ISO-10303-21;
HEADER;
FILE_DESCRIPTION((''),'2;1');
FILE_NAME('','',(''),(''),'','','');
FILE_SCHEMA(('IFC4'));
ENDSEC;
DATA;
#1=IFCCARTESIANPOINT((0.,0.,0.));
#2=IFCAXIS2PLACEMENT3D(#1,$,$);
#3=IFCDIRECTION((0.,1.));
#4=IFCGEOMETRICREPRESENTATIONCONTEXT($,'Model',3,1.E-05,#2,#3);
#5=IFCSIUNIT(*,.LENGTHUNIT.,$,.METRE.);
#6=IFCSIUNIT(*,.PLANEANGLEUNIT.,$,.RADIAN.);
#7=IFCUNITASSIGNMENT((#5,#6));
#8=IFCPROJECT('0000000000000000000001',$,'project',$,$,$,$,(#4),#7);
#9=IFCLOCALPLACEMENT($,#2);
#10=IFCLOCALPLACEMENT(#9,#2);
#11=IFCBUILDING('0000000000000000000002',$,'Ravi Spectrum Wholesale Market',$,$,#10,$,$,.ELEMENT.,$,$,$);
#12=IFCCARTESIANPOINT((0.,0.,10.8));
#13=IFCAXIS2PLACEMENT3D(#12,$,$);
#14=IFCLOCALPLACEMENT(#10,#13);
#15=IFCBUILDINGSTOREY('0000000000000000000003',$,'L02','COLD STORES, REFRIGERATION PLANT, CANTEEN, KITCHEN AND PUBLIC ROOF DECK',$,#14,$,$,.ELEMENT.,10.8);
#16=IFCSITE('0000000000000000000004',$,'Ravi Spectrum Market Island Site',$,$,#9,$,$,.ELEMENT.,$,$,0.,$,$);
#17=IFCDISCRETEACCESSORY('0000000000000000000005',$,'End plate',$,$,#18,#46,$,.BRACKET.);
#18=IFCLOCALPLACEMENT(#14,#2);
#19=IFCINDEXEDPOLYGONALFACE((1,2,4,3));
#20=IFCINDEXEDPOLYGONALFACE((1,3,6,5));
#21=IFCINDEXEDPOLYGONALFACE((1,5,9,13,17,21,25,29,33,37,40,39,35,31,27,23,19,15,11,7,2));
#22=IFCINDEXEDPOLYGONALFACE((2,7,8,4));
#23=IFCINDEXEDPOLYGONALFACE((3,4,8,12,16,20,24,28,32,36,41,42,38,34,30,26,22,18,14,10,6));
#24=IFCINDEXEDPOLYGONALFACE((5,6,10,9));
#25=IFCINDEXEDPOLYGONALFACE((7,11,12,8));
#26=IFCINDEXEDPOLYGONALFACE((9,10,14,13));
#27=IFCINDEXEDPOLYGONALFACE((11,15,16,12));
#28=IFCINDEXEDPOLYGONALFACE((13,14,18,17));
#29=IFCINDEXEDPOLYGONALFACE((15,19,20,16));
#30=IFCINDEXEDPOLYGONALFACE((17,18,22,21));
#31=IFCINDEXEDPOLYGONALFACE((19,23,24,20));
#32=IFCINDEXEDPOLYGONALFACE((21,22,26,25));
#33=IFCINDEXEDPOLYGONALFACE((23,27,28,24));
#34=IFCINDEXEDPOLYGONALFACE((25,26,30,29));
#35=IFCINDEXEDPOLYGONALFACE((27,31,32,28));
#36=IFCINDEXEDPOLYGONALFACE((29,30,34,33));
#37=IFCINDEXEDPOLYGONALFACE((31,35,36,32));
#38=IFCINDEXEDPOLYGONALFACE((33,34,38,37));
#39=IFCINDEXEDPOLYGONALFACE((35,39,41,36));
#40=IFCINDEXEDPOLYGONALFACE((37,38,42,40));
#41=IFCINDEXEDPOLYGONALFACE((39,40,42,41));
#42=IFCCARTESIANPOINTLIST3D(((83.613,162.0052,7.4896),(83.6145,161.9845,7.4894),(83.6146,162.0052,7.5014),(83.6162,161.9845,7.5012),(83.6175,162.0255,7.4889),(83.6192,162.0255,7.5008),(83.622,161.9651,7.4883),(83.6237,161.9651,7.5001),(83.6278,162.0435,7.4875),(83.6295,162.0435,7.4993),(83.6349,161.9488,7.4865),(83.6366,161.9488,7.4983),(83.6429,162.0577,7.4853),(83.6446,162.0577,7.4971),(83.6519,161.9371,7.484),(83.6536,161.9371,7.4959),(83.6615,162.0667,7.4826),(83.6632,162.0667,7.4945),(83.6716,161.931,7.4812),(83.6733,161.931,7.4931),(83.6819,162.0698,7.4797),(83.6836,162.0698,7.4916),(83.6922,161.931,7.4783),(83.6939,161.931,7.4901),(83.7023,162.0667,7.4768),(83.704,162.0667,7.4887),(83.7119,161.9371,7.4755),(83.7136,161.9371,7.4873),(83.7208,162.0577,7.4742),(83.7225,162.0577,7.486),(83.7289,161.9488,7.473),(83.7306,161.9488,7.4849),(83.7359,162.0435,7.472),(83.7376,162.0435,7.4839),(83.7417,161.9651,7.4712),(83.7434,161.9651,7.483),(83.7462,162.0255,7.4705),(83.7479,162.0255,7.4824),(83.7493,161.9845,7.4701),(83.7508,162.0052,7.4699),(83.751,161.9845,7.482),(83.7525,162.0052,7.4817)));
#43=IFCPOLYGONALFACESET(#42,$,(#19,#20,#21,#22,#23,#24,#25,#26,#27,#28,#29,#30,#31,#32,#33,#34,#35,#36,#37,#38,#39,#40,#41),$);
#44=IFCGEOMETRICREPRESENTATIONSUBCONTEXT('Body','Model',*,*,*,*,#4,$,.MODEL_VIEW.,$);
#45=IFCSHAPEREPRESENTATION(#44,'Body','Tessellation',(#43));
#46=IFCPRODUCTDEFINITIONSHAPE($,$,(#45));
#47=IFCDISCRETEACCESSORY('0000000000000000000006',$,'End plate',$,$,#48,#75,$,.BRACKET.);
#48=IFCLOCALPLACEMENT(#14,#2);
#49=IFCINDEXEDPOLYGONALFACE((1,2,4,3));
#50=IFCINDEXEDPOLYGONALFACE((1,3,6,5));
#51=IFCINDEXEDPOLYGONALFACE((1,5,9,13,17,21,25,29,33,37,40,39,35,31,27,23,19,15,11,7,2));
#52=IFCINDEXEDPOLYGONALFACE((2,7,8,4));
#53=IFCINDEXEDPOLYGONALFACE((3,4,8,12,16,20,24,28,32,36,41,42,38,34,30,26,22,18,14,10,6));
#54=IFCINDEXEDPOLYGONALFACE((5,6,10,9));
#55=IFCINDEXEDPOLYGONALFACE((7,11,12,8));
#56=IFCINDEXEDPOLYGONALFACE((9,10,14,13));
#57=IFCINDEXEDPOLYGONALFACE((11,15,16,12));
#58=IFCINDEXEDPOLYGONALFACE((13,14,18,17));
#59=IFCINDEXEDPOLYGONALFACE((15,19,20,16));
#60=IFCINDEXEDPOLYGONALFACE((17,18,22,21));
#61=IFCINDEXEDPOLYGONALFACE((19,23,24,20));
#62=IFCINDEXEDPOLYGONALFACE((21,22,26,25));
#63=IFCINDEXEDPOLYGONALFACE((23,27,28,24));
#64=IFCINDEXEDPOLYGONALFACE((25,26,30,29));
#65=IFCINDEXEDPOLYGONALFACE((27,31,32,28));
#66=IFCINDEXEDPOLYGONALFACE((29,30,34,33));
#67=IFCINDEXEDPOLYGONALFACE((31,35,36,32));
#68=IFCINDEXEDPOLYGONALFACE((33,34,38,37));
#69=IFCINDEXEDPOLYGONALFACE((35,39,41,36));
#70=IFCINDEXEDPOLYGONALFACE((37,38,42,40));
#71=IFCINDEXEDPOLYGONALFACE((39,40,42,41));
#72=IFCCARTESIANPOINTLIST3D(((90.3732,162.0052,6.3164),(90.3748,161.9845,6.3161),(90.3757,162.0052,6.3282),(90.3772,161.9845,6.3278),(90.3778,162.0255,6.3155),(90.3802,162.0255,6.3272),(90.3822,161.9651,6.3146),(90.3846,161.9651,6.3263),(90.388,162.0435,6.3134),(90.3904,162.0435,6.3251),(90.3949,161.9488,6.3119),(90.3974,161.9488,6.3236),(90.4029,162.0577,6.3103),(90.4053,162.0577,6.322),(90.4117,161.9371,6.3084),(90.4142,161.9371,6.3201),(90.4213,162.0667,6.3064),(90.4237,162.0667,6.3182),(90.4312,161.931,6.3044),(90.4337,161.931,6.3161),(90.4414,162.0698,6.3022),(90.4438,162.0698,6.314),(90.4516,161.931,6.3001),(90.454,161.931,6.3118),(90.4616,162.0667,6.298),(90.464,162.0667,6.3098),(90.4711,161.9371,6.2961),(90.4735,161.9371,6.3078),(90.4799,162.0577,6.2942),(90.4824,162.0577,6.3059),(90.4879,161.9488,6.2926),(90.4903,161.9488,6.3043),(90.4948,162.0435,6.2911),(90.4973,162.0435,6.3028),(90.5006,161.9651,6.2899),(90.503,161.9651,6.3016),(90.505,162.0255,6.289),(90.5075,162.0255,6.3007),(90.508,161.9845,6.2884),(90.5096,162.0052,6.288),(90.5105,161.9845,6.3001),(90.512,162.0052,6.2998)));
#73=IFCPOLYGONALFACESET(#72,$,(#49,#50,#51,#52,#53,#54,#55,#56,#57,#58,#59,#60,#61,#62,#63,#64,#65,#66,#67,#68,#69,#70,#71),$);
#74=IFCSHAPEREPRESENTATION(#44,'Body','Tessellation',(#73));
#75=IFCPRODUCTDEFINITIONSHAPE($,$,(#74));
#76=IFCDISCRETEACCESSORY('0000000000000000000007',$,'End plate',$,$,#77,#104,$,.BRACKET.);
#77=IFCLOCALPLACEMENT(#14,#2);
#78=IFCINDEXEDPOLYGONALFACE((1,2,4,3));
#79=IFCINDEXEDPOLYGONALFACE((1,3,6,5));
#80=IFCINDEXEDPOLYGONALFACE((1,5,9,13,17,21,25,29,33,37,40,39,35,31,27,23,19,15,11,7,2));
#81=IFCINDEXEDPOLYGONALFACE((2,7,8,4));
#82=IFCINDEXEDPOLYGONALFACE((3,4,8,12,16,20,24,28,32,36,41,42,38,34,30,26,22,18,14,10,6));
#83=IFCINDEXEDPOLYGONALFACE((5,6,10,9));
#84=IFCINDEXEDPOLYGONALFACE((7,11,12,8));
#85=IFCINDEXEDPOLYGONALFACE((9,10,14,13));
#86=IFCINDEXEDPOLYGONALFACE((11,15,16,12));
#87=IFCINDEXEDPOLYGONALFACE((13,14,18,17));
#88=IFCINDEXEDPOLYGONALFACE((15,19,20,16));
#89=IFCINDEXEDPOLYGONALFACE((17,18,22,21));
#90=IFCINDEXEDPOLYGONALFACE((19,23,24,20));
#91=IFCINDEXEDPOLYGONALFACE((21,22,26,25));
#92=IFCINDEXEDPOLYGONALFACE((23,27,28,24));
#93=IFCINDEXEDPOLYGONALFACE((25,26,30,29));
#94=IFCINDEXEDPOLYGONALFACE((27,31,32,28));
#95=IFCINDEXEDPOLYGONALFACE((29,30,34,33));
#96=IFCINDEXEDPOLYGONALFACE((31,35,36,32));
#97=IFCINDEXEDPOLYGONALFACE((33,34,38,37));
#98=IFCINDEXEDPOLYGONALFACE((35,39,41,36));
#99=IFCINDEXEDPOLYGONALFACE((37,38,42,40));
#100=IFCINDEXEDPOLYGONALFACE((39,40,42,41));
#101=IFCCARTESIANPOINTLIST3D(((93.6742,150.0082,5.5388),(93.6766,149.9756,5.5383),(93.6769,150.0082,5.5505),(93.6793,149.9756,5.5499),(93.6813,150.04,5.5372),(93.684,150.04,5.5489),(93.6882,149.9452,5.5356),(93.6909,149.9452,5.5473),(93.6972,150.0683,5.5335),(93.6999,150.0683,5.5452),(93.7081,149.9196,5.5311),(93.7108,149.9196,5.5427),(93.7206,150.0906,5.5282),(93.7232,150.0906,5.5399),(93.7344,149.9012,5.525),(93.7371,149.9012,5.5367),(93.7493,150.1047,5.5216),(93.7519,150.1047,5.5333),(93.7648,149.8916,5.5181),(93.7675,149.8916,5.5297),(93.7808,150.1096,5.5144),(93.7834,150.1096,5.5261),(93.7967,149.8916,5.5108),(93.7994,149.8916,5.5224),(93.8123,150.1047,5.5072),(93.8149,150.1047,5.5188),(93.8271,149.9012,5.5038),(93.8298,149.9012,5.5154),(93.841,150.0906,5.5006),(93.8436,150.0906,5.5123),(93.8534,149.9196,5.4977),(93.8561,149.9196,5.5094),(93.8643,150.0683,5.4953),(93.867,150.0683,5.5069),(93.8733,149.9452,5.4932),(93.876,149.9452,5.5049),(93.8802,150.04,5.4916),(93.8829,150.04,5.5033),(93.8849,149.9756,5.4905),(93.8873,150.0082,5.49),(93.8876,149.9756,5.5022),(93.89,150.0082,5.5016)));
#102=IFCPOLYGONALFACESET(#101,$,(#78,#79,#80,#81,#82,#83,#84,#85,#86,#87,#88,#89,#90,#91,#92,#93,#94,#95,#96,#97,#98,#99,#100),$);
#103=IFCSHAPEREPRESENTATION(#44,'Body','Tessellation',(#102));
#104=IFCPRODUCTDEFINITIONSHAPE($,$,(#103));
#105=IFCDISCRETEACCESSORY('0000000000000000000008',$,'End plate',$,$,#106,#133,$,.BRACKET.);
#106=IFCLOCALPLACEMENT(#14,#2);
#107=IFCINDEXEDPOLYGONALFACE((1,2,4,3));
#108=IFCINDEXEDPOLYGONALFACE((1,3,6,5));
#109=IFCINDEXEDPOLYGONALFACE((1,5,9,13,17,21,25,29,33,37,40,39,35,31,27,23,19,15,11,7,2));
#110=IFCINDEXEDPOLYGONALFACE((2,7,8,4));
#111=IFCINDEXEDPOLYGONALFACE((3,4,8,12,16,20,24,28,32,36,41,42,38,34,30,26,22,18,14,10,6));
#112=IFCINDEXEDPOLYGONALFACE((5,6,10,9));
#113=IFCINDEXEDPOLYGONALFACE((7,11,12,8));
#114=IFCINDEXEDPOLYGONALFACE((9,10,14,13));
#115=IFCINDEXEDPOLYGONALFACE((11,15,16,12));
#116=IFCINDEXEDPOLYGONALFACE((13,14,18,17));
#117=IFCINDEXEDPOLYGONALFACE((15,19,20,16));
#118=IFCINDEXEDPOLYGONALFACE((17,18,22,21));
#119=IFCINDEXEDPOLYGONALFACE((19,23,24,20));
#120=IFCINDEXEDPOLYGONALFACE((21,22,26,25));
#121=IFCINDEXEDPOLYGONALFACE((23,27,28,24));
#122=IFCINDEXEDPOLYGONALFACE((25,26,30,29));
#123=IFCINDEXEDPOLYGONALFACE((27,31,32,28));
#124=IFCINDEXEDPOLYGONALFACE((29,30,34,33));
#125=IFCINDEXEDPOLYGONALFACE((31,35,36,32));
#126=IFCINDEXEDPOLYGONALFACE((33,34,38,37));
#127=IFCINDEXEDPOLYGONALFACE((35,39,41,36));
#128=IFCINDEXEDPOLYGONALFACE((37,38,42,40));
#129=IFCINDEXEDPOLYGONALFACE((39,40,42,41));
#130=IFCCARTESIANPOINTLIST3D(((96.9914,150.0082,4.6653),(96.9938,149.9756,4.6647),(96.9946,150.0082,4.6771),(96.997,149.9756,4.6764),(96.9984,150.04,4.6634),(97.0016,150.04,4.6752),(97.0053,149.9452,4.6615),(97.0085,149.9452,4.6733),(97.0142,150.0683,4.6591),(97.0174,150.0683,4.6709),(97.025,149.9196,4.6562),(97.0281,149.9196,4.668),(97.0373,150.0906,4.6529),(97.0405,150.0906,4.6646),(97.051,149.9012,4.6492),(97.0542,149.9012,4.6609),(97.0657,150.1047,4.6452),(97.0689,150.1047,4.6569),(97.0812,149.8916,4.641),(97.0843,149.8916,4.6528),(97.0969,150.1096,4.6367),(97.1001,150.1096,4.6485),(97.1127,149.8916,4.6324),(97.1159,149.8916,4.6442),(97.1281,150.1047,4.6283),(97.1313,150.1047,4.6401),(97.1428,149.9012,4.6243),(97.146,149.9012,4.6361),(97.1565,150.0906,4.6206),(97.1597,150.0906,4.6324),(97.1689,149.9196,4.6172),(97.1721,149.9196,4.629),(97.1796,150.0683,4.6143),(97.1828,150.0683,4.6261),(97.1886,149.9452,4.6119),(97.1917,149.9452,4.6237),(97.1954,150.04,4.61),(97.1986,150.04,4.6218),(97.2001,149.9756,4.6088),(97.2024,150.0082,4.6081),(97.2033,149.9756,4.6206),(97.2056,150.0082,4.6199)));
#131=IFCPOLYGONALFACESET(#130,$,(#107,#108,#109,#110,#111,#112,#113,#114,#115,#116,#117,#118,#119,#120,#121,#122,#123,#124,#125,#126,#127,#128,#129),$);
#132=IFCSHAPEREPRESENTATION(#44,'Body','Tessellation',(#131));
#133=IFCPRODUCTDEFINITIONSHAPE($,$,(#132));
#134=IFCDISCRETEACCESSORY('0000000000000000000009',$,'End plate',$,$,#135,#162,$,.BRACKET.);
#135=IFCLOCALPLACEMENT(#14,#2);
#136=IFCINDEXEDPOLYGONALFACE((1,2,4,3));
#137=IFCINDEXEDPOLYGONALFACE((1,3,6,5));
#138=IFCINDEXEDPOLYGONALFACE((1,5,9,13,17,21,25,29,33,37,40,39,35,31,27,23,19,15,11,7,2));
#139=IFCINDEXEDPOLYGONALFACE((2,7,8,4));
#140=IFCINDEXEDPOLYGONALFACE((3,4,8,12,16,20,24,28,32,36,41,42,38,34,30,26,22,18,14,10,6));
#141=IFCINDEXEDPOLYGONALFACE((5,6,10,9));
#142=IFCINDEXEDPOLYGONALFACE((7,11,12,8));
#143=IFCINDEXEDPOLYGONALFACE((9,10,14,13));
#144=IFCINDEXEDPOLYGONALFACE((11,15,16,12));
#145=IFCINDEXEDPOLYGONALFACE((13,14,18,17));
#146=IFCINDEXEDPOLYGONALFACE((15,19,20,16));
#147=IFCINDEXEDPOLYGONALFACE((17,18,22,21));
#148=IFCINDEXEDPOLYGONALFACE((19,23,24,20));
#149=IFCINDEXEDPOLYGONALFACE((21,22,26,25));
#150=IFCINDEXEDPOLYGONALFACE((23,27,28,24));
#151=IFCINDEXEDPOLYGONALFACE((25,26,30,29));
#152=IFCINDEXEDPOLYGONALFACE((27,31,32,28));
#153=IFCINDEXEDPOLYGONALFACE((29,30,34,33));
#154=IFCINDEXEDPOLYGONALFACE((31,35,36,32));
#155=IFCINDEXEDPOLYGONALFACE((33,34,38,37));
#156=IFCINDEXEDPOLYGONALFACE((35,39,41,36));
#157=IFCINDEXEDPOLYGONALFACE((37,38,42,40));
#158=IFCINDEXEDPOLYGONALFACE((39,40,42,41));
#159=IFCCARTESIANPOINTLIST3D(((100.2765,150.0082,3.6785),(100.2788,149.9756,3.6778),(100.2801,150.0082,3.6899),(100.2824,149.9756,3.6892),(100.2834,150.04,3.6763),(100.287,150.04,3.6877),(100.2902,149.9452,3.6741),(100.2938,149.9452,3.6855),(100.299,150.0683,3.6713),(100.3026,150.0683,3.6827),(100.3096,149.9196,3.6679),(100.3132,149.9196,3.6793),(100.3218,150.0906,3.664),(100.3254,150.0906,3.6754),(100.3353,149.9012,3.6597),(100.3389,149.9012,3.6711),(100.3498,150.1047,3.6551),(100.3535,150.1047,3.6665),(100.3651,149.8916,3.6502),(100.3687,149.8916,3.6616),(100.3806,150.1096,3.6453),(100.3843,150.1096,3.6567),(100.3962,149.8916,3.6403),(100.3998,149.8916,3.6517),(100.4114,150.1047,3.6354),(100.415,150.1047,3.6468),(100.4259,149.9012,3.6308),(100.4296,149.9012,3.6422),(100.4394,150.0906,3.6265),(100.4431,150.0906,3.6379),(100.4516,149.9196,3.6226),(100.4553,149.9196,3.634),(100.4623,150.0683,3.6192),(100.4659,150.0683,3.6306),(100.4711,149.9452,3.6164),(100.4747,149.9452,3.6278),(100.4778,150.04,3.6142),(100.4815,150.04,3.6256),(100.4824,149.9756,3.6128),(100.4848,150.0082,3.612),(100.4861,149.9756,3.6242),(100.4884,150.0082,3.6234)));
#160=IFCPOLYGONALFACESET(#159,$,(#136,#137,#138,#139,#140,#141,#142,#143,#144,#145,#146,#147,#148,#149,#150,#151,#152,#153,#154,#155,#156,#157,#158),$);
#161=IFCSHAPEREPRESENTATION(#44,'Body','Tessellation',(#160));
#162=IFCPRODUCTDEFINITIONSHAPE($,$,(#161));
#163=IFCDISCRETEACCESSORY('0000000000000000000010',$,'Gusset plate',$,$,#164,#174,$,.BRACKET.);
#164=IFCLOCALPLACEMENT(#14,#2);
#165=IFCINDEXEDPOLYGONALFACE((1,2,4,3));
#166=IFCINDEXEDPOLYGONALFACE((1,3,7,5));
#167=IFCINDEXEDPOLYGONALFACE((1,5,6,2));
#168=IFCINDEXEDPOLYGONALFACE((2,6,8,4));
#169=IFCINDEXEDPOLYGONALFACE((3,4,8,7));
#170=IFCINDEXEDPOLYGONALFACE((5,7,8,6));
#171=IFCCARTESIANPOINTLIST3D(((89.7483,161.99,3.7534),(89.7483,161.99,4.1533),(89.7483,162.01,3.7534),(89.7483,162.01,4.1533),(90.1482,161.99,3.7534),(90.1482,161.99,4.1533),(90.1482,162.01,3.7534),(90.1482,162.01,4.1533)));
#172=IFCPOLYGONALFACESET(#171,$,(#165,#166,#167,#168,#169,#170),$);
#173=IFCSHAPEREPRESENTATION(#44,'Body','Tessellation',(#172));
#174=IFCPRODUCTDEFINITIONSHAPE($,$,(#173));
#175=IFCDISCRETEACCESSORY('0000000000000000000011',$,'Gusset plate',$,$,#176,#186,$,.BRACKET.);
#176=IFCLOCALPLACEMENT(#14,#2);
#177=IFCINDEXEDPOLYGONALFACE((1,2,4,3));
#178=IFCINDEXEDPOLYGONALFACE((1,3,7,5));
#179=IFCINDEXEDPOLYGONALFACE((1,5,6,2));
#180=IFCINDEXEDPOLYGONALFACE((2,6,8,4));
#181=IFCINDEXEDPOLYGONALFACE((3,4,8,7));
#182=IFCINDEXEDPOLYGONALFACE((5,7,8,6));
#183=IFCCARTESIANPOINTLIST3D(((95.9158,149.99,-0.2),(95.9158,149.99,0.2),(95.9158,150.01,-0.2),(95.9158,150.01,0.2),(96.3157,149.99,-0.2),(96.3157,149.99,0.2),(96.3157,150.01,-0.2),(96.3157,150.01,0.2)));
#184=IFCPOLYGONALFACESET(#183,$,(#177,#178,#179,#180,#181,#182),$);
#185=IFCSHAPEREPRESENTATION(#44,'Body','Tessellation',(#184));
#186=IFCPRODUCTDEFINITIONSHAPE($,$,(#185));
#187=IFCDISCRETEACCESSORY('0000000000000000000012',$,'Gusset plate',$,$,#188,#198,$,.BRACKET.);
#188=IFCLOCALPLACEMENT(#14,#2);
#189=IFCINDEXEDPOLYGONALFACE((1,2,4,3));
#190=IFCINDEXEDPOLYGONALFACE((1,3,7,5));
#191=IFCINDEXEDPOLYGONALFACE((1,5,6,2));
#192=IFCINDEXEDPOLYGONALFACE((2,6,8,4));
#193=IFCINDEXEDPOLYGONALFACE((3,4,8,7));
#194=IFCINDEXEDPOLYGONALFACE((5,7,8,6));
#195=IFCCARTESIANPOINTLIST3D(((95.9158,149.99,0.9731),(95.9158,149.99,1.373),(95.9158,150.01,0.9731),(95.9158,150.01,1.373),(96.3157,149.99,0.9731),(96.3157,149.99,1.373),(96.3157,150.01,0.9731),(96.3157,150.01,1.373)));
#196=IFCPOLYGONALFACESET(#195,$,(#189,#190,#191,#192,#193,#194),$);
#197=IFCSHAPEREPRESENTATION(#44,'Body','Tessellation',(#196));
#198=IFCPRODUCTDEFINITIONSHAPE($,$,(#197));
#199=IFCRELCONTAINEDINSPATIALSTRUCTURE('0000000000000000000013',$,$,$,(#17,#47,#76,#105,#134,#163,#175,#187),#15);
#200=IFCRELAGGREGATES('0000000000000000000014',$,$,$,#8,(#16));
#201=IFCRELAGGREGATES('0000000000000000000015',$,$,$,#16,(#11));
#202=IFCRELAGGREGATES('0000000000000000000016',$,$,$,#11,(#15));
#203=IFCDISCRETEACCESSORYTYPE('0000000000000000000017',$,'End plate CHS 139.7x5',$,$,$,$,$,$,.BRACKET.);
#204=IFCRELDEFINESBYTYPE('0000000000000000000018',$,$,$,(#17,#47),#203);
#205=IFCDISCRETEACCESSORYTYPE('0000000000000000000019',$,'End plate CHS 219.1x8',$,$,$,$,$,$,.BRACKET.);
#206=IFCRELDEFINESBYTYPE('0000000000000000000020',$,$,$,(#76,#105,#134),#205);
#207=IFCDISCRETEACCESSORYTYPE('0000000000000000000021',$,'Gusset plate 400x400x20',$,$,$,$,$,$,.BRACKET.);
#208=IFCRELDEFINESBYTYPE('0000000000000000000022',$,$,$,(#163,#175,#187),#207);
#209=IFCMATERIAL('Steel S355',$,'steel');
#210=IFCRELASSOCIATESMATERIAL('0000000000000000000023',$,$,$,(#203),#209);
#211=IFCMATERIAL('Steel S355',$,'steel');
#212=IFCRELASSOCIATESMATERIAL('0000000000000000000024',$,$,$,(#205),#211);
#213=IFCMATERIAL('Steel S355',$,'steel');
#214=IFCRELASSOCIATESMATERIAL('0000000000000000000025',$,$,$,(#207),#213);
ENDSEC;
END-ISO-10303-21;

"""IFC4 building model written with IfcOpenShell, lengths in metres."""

from ifc_helpers import new_model, si_unit, direction, frame, origin, origin_2d, place, context, subcontext, project, spatial, rectangle, circle, extrude, material, material_profile, profile_set, type_object, element, save


model = new_model("IFC4")

# Units and contexts
model_context = context("Model", 3, precision=1e-05, world=origin(), true_north=direction((0.0, 1.0)))
body_context = subcontext(model_context, "Body", "Model", "MODEL_VIEW")
ifc_project = project(units=[si_unit("LENGTHUNIT", "METRE"), si_unit("PLANEANGLEUNIT", "RADIAN")], contexts=[model_context])

# Site, building, storey
site_placement = place(None, origin())
site = spatial("IfcSite", under=ifc_project, at=site_placement, Name="Ravi Spectrum Market Island Site", CompositionType="ELEMENT", RefElevation=0.0)
building_placement = place(site_placement, origin())
building = spatial("IfcBuilding", under=site, at=building_placement, Name="Ravi Spectrum Wholesale Market", CompositionType="ELEMENT")
storey_placement = place(building_placement, frame((0.0, 0.0, 10.8)))
storey = spatial("IfcBuildingStorey", under=building, at=storey_placement, Name="L02", Description="COLD STORES, REFRIGERATION PLANT, CANTEEN, KITCHEN AND PUBLIC ROOF DECK", CompositionType="ELEMENT", Elevation=10.8)

# Discrete accessories
ifc_material_1 = material(Name="Steel S355", Category="steel")
ifc_material_profile_1 = material_profile(ifc_material_1, circle(Radius=0.0698, at=origin_2d()))
ifc_profile_set_1 = profile_set([ifc_material_profile_1], Name="Steel S355")
discrete_accessory_type_1 = type_object("IfcDiscreteAccessoryType", Name="End plate CHS 139.7x5", PredefinedType="BRACKET", material=ifc_profile_set_1)
for number, where, z_axis, x_axis, name in (
    (1, (83.6819, 162.0, 7.4797), (0.141421, 0.0, 0.989949), (0.0, 1.0, 0.0), "End plate"),
    (2, (90.4414, 162.0, 6.3022), (0.203954, 0.0, 0.97898), (0.0, 1.0, 0.0), "End plate"),
):
    element("IfcDiscreteAccessory", number, at=place(storey_placement, frame(where, z_axis=z_axis, x_axis=x_axis)), inside=storey, type_object=discrete_accessory_type_1, Name=name, PredefinedType="BRACKET", context=body_context, shape_type="SweptSolid", body=[
        extrude(circle(Radius=0.0698, at=origin_2d()), origin(), (0.0, 0.0, 1.0), 0.012),
    ])
ifc_material_2 = material(Name="Steel S355", Category="steel")
ifc_material_profile_2 = material_profile(ifc_material_2, circle(Radius=0.1096, at=origin_2d()))
ifc_profile_set_2 = profile_set([ifc_material_profile_2], Name="Steel S355")
discrete_accessory_type_2 = type_object("IfcDiscreteAccessoryType", Name="End plate CHS 219.1x8", PredefinedType="BRACKET", material=ifc_profile_set_2)
discrete_accessory_1_placement = place(storey_placement, frame((93.7808, 150.0, 5.5144), z_axis=(0.223376, 0.0, 0.974732), x_axis=(0.0, 1.0, 0.0)))
element("IfcDiscreteAccessory", 3, at=discrete_accessory_1_placement, inside=storey, type_object=discrete_accessory_type_2, Name="End plate", PredefinedType="BRACKET", context=body_context, shape_type="SweptSolid", body=[
    extrude(circle(Radius=0.1096, at=origin_2d()), origin(), (0.0, 0.0, 1.0), 0.012),
])
discrete_accessory_2_placement = place(storey_placement, frame((97.0969, 150.0, 4.6367), z_axis=(0.261415, 0.0, 0.965226), x_axis=(0.0, 1.0, 0.0)))
element("IfcDiscreteAccessory", 4, at=discrete_accessory_2_placement, inside=storey, type_object=discrete_accessory_type_2, Name="End plate", PredefinedType="BRACKET", context=body_context, shape_type="SweptSolid", body=[
    extrude(circle(Radius=0.1096, at=origin_2d()), origin(), (0.0, 0.0, 1.0), 0.0122),
])
discrete_accessory_3_placement = place(storey_placement, frame((100.3806, 150.0, 3.6453), z_axis=(0.30404, 0.0, 0.952659), x_axis=(0.0, 1.0, 0.0)))
element("IfcDiscreteAccessory", 5, at=discrete_accessory_3_placement, inside=storey, type_object=discrete_accessory_type_2, Name="End plate", PredefinedType="BRACKET", context=body_context, shape_type="SweptSolid", body=[
    extrude(circle(Radius=0.1096, at=origin_2d()), origin(), (0.0, 0.0, 1.0), 0.012),
])
ifc_material_3 = material(Name="Steel S355", Category="steel")
ifc_material_profile_3 = material_profile(ifc_material_3, rectangle(XDim=0.3999, YDim=0.02, at=origin_2d()))
ifc_profile_set_3 = profile_set([ifc_material_profile_3], Name="Steel S355")
discrete_accessory_type_3 = type_object("IfcDiscreteAccessoryType", Name="Gusset plate 400x400x20", PredefinedType="BRACKET", material=ifc_profile_set_3)
for number, where, z_axis, x_axis, name in (
    (6, (89.9482, 162.0, 3.7534), (0.0, 0.0, 1.0), (-1.0, 0.0, 0.0), "Gusset plate"),
    (7, (96.1157, 150.0, -0.2), (0.0, 0.0, 1.0), (1.0, 0.0, 0.0), "Gusset plate"),
    (8, (96.1157, 150.0, 0.9731), (0.0, 0.0, 1.0), (-1.0, 0.0, 0.0), "Gusset plate"),
):
    element("IfcDiscreteAccessory", number, at=place(storey_placement, frame(where, z_axis=z_axis, x_axis=x_axis)), inside=storey, type_object=discrete_accessory_type_3, Name=name, PredefinedType="BRACKET", context=body_context, shape_type="SweptSolid", body=[
        extrude(rectangle(XDim=0.3999, YDim=0.02, at=origin_2d()), origin(), (0.0, 0.0, 1.0), 0.3999),
    ])

save(model, "model.ifc")
